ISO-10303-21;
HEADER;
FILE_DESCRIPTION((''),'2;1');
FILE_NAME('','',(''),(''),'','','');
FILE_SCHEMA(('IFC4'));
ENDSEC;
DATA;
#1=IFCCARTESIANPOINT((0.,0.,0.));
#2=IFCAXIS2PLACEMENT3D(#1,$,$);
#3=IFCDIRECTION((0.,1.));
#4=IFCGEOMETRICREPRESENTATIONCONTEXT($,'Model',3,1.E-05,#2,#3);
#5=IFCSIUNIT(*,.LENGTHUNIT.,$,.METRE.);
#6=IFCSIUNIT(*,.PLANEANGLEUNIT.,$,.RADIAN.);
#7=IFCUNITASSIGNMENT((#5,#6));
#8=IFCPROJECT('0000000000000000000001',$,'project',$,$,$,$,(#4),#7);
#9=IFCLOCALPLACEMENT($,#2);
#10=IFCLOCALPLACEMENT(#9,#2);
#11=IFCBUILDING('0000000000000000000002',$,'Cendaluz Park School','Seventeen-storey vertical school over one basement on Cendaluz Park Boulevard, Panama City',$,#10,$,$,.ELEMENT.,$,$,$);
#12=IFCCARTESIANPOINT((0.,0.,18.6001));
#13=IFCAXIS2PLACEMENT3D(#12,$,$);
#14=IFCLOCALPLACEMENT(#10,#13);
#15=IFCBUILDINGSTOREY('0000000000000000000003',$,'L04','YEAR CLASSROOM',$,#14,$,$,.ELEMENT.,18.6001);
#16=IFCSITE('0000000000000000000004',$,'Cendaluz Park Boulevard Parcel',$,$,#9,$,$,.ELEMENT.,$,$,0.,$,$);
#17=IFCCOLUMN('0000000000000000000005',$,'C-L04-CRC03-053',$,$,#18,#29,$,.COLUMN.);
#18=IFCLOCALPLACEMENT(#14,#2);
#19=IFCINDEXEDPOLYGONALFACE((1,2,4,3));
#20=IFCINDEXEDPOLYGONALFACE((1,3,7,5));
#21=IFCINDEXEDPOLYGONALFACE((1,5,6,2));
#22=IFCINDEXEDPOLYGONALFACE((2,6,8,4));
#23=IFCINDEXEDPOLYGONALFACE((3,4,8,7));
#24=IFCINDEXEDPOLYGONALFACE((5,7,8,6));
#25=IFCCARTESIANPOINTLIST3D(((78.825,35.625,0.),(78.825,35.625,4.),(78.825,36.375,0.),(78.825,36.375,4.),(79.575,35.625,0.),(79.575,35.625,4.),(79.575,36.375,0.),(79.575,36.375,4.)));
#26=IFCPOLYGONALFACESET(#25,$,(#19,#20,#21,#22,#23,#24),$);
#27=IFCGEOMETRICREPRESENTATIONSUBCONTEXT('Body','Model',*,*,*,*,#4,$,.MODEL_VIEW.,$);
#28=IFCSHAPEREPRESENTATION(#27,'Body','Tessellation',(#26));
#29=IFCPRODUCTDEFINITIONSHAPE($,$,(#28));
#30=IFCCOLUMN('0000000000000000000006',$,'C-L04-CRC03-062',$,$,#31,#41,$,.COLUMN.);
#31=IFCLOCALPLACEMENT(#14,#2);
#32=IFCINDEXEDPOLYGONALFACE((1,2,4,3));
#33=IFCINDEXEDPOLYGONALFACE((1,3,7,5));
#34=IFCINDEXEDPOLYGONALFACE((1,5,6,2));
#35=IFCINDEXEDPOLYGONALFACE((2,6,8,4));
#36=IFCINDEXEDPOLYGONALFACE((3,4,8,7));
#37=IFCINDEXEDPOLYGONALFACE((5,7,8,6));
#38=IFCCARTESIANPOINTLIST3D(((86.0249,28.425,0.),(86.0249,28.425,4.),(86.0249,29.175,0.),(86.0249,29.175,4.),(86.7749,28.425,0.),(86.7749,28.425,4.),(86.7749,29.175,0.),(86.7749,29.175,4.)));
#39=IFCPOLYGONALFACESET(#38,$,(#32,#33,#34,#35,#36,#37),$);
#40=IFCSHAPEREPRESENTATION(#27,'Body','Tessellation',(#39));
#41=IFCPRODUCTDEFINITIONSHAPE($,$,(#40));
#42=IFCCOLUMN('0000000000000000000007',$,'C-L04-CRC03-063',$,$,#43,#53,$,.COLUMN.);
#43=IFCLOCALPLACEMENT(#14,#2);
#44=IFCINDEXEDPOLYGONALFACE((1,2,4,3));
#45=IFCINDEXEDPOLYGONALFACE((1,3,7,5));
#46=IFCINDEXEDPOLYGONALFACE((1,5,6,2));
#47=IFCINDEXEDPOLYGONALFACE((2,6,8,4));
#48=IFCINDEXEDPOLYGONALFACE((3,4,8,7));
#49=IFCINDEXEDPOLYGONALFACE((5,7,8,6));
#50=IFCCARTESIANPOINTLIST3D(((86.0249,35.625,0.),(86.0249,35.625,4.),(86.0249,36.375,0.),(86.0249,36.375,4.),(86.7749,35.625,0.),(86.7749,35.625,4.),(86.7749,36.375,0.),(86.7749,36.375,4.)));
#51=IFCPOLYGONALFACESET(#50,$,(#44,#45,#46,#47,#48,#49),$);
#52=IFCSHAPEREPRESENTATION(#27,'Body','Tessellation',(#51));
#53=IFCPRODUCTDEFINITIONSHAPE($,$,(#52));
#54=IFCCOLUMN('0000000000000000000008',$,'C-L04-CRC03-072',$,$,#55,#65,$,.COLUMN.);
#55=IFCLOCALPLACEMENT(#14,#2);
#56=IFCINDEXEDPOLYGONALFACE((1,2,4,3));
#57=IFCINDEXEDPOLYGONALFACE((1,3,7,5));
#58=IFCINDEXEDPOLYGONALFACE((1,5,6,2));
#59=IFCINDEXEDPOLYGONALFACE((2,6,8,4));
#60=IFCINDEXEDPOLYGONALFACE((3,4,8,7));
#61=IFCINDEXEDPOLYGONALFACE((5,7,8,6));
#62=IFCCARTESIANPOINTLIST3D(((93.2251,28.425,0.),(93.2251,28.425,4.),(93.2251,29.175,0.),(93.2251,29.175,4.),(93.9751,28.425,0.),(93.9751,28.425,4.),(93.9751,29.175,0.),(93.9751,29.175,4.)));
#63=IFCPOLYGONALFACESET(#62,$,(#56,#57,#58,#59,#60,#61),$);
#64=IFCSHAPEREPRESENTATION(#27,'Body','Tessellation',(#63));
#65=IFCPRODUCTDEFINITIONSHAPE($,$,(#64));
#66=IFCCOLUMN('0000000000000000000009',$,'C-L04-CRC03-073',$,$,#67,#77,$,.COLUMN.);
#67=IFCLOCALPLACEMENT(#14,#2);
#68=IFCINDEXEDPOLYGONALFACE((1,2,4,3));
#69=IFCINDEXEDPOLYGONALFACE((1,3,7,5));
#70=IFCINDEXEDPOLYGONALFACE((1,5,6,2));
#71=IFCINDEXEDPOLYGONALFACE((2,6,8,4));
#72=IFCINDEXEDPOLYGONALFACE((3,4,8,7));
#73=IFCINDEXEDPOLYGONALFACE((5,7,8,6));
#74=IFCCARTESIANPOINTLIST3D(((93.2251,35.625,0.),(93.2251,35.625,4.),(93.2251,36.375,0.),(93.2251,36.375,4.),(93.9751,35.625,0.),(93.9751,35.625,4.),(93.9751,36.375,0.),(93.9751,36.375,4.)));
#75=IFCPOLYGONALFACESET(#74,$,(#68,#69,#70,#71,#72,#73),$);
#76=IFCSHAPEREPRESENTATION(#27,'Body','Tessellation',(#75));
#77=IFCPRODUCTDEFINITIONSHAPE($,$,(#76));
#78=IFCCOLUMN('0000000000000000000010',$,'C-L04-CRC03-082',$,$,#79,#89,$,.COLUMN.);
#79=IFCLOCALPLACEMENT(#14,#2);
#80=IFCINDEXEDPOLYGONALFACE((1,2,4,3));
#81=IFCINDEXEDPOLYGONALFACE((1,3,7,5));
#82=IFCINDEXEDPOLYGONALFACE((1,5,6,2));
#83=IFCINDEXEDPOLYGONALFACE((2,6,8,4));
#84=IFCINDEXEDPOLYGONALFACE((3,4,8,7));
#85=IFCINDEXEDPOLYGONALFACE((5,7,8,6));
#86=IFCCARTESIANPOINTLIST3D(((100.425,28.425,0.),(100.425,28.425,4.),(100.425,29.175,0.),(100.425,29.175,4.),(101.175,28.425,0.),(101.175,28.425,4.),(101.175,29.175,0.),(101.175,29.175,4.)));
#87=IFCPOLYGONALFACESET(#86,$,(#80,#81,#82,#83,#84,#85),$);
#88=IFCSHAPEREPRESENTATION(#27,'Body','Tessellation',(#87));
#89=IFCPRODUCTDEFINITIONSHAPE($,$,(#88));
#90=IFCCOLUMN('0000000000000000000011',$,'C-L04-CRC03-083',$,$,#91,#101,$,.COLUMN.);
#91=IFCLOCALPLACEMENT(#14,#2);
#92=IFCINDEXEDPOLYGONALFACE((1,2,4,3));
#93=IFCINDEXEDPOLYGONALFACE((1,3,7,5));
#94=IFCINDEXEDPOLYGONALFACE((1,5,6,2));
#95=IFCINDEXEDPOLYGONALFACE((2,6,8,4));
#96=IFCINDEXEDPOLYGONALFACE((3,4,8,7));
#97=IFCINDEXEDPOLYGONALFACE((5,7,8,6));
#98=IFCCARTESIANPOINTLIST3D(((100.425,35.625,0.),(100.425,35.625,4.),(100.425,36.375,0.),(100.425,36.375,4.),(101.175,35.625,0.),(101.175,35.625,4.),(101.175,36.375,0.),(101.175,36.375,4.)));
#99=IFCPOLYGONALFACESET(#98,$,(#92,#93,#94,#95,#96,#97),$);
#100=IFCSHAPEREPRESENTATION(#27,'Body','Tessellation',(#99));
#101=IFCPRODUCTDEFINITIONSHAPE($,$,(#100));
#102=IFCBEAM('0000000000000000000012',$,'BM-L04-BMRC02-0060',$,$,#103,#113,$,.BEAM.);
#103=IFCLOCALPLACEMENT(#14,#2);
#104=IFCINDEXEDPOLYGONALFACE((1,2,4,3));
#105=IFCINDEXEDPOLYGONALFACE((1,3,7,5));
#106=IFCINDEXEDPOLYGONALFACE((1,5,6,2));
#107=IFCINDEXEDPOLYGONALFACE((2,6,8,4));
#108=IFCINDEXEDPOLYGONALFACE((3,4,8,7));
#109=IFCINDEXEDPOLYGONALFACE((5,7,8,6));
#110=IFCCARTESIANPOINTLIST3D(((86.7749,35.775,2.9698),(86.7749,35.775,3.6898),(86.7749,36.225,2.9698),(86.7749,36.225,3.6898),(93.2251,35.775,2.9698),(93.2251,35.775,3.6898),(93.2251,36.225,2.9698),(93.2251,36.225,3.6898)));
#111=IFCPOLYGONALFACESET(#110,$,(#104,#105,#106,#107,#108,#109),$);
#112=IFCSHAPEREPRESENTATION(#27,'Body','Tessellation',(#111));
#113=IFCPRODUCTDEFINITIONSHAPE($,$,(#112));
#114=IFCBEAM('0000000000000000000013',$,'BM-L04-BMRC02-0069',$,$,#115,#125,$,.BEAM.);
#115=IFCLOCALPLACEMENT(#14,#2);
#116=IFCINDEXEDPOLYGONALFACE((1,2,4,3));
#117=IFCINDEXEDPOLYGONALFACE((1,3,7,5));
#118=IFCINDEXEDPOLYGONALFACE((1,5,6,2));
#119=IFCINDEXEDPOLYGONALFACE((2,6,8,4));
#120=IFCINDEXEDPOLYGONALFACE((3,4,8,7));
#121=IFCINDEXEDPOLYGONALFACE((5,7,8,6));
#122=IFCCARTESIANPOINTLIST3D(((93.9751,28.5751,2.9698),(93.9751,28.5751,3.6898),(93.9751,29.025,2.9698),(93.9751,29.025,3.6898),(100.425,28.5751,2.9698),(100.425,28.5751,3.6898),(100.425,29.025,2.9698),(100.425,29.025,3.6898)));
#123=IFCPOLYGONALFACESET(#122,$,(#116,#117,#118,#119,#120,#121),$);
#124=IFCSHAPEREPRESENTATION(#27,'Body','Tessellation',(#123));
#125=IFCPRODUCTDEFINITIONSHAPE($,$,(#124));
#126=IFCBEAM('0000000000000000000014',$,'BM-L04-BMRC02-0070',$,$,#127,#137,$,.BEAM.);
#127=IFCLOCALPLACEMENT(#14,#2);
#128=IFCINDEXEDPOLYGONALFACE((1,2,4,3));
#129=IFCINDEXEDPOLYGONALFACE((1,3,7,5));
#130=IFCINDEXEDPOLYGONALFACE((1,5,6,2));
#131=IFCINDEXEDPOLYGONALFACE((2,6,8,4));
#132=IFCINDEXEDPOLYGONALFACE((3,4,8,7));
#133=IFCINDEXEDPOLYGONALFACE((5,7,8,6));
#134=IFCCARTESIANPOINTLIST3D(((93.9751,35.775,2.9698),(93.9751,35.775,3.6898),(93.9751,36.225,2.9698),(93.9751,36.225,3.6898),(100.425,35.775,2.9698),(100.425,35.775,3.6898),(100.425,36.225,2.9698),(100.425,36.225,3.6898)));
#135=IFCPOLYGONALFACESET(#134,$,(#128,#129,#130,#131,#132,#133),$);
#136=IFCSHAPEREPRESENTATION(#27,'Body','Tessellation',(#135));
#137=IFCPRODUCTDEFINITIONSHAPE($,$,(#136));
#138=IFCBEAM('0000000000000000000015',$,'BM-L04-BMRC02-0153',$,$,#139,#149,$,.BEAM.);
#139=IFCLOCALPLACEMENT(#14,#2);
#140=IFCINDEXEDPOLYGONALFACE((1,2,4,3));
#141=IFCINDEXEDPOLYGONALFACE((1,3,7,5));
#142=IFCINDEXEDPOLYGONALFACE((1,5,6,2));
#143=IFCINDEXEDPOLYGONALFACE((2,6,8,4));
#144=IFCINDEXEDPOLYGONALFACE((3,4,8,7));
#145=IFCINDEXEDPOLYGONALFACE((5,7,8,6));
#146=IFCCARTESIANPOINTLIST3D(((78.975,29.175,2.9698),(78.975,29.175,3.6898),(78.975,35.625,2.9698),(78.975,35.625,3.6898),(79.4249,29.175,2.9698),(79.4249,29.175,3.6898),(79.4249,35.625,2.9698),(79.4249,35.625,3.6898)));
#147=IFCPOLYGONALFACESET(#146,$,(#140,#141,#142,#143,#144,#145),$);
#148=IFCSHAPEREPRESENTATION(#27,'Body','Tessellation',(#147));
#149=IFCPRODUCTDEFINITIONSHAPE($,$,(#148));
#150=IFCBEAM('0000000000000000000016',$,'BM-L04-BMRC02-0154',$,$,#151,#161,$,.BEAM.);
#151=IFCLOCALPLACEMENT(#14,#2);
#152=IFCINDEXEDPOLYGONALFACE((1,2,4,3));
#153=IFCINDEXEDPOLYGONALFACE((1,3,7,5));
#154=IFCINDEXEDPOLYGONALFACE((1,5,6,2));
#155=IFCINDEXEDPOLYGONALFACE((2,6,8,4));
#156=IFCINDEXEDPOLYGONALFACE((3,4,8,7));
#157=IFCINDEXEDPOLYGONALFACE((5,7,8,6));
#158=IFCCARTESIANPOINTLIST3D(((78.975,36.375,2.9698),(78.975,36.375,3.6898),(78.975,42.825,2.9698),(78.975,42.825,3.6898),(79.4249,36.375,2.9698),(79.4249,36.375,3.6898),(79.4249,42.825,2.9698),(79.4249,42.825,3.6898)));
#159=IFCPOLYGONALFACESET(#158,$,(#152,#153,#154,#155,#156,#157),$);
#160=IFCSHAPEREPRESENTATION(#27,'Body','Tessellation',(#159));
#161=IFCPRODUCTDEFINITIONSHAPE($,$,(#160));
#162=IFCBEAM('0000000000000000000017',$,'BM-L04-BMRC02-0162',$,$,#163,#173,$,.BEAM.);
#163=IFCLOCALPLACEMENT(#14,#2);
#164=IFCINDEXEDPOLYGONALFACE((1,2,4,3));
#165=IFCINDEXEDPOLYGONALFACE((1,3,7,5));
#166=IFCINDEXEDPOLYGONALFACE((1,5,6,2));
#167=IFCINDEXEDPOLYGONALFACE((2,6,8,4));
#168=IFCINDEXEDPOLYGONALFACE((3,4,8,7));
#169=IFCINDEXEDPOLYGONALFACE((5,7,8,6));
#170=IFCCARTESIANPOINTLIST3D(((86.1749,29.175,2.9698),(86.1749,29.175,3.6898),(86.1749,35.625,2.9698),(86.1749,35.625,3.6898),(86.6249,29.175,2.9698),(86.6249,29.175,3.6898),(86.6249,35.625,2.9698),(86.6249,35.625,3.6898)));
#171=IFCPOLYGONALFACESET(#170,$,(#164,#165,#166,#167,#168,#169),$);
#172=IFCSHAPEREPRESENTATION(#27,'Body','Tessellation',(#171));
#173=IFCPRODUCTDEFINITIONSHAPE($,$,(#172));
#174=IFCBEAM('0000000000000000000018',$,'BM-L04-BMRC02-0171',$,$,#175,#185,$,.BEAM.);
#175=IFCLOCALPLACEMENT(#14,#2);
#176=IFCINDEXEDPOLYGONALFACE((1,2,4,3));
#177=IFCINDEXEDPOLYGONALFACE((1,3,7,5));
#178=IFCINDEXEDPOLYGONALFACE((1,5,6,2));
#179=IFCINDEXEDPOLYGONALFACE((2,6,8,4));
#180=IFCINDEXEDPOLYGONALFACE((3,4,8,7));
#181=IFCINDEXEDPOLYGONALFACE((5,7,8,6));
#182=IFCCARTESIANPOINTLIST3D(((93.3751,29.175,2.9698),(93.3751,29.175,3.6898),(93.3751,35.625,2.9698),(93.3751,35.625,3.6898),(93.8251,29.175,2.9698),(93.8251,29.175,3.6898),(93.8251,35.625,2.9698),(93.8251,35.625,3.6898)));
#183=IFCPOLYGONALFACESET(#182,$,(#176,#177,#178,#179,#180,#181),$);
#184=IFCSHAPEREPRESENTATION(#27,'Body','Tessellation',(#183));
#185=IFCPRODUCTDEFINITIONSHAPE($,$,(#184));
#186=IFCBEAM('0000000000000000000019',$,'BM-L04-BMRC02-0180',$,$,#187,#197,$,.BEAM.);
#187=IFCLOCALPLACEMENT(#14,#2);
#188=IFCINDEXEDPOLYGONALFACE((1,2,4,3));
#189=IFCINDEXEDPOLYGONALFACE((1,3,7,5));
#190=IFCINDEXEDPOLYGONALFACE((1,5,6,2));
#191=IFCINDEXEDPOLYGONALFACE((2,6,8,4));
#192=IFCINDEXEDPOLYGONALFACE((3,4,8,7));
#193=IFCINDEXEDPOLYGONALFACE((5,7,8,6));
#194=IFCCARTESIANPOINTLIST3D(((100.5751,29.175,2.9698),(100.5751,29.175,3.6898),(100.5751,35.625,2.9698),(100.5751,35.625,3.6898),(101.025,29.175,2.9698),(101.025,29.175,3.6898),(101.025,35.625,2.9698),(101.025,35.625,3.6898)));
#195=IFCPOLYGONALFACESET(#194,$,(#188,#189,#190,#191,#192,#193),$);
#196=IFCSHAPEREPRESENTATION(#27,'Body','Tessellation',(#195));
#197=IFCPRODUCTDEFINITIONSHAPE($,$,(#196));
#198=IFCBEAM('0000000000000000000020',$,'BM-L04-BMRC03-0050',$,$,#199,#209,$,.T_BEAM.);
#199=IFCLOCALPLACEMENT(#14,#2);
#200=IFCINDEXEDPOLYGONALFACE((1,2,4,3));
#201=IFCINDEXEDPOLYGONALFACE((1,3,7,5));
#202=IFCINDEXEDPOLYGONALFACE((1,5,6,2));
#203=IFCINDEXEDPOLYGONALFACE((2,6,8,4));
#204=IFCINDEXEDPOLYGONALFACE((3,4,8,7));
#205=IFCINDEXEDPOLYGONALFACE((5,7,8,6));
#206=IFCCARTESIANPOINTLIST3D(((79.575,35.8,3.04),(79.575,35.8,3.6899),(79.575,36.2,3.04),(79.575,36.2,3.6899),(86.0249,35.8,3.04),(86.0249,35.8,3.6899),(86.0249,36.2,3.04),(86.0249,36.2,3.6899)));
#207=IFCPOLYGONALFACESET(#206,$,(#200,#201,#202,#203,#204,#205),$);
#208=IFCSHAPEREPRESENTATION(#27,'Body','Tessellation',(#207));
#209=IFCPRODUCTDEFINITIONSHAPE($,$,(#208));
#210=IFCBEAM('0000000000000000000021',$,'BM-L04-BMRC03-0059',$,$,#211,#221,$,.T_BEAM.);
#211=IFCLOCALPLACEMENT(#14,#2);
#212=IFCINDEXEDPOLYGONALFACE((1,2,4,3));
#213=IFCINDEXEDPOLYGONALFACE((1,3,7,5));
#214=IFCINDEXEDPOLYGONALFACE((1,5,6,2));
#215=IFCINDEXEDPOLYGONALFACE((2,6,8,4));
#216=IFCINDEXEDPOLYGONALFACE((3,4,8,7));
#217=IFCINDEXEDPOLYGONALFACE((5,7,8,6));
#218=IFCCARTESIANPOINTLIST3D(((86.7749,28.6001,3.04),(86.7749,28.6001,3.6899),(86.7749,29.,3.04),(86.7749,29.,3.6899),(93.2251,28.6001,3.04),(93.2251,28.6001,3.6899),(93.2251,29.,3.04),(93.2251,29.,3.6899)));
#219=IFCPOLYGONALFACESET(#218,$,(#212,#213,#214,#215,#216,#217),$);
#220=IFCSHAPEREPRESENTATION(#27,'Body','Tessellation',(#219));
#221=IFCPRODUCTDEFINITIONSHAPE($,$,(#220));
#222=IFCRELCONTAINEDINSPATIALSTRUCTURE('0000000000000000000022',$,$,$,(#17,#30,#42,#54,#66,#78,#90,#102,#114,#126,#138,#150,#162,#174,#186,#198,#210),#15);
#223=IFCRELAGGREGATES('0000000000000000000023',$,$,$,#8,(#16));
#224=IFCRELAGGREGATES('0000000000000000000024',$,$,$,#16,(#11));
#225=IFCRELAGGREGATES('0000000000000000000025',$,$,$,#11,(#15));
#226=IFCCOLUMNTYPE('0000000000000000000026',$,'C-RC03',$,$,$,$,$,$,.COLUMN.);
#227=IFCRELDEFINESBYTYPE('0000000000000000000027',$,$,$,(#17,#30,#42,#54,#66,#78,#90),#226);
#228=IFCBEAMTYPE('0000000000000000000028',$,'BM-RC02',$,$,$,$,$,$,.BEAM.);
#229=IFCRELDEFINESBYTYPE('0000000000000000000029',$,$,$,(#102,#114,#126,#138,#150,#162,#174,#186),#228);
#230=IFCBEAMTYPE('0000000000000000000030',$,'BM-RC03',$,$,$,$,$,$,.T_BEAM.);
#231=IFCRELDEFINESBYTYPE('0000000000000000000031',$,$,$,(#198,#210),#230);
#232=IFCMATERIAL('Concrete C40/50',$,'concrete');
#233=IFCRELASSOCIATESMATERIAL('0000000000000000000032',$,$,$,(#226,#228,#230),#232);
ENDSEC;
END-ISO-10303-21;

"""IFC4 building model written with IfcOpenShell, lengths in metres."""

from ifc_helpers import new_model, si_unit, direction, frame, origin, origin_2d, place, context, subcontext, project, spatial, rectangle, extrude, material, material_profile, profile_set, type_object, element, save


model = new_model("IFC4")

# Units and contexts
model_context = context("Model", 3, precision=1e-05, world=origin(), true_north=direction((0.0, 1.0)))
body_context = subcontext(model_context, "Body", "Model", "MODEL_VIEW")
ifc_project = project(units=[si_unit("LENGTHUNIT", "METRE"), si_unit("PLANEANGLEUNIT", "RADIAN")], contexts=[model_context])

# Site, building, storey
site_placement = place(None, origin())
site = spatial("IfcSite", under=ifc_project, at=site_placement, Name="Cendaluz Park Boulevard Parcel", CompositionType="ELEMENT", RefElevation=0.0)
building_placement = place(site_placement, origin())
building = spatial("IfcBuilding", under=site, at=building_placement, Name="Cendaluz Park School", Description="Seventeen-storey vertical school over one basement on Cendaluz Park Boulevard, Panama City", CompositionType="ELEMENT")
storey_placement = place(building_placement, frame((0.0, 0.0, 18.6001)))
storey = spatial("IfcBuildingStorey", under=building, at=storey_placement, Name="L04", Description="YEAR CLASSROOM", CompositionType="ELEMENT", Elevation=18.6001)

# Columns
ifc_material_1 = material(Name="Concrete C40/50", Category="concrete")
ifc_material_profile_1 = material_profile(ifc_material_1, rectangle(XDim=0.75, YDim=0.75, at=origin_2d()), Name="RC 750x750", Category="concrete")
ifc_profile_set_1 = profile_set([ifc_material_profile_1], Name="Concrete C40/50")
column_type = type_object("IfcColumnType", Name="C-RC03", PredefinedType="COLUMN", material=ifc_profile_set_1)
for number, where, z_axis, x_axis, name in (
    (1, (79.2, 36.0, 0.0), (0.0, 0.0, 1.0), (1.0, 0.0, 0.0), "C-L04-CRC03-053"),
    (2, (86.3999, 28.8, 0.0), (0.0, 0.0, 1.0), (1.0, 0.0, 0.0), "C-L04-CRC03-062"),
    (3, (86.3999, 36.0, 0.0), (0.0, 0.0, 1.0), (1.0, 0.0, 0.0), "C-L04-CRC03-063"),
    (4, (93.6001, 28.8, 0.0), (0.0, 0.0, 1.0), (1.0, 0.0, 0.0), "C-L04-CRC03-072"),
    (5, (93.6001, 36.0, 0.0), (0.0, 0.0, 1.0), (1.0, 0.0, 0.0), "C-L04-CRC03-073"),
    (6, (100.8, 28.8, 0.0), (0.0, 0.0, 1.0), (1.0, 0.0, 0.0), "C-L04-CRC03-082"),
    (7, (100.8, 36.0, 0.0), (0.0, 0.0, 1.0), (1.0, 0.0, 0.0), "C-L04-CRC03-083"),
):
    element("IfcColumn", number, at=place(storey_placement, frame(where, z_axis=z_axis, x_axis=x_axis)), inside=storey, type_object=column_type, Name=name, PredefinedType="COLUMN", context=body_context, shape_type="SweptSolid", body=[
        extrude(rectangle(XDim=0.75, YDim=0.75, at=origin_2d()), origin(), (0.0, 0.0, 1.0), 4.0),
    ])

# Beams
ifc_material_profile_2 = material_profile(ifc_material_1, rectangle(XDim=0.45, YDim=0.72, at=origin_2d()), Name="RC 450x720", Category="concrete")
ifc_profile_set_2 = profile_set([ifc_material_profile_2], Name="Concrete C40/50")
beam_type_1 = type_object("IfcBeamType", Name="BM-RC02", PredefinedType="BEAM", material=ifc_profile_set_2)
beam_1_placement = place(storey_placement, frame((86.7749, 36.0, 3.3298), z_axis=(1.0, 0.0, 0.0), x_axis=(0.0, 1.0, 0.0)))
element("IfcBeam", 8, at=beam_1_placement, inside=storey, type_object=beam_type_1, Name="BM-L04-BMRC02-0060", PredefinedType="BEAM", context=body_context, shape_type="SweptSolid", body=[
    extrude(rectangle(XDim=0.45, YDim=0.72, at=origin_2d()), origin(), (0.0, 0.0, 1.0), 6.4502),
])
for number, where, z_axis, x_axis, name in (
    (9, (93.9751, 28.8, 3.3298), (1.0, 0.0, 0.0), (0.0, 1.0, 0.0), "BM-L04-BMRC02-0069"),
    (10, (93.9751, 36.0, 3.3298), (1.0, 0.0, 0.0), (0.0, 1.0, 0.0), "BM-L04-BMRC02-0070"),
    (11, (79.2, 29.175, 3.3298), (0.0, 1.0, 0.0), (-1.0, 0.0, 0.0), "BM-L04-BMRC02-0153"),
    (12, (79.2, 36.375, 3.3298), (0.0, 1.0, 0.0), (-1.0, 0.0, 0.0), "BM-L04-BMRC02-0154"),
    (13, (86.3999, 29.175, 3.3298), (0.0, 1.0, 0.0), (-1.0, 0.0, 0.0), "BM-L04-BMRC02-0162"),
    (14, (93.6001, 29.175, 3.3298), (0.0, 1.0, 0.0), (-1.0, 0.0, 0.0), "BM-L04-BMRC02-0171"),
    (15, (100.8, 29.175, 3.3298), (0.0, 1.0, 0.0), (-1.0, 0.0, 0.0), "BM-L04-BMRC02-0180"),
):
    element("IfcBeam", number, at=place(storey_placement, frame(where, z_axis=z_axis, x_axis=x_axis)), inside=storey, type_object=beam_type_1, Name=name, PredefinedType="BEAM", context=body_context, shape_type="SweptSolid", body=[
        extrude(rectangle(XDim=0.45, YDim=0.72, at=origin_2d()), origin(), (0.0, 0.0, 1.0), 6.45),
    ])
ifc_material_profile_3 = material_profile(ifc_material_1, rectangle(XDim=0.3999, YDim=0.6499, at=origin_2d()), Name="RC 400x650", Category="concrete")
ifc_profile_set_3 = profile_set([ifc_material_profile_3], Name="Concrete C40/50")
beam_type_2 = type_object("IfcBeamType", Name="BM-RC03", PredefinedType="T_BEAM", material=ifc_profile_set_3)
beam_2_placement = place(storey_placement, frame((79.575, 36.0, 3.365), z_axis=(1.0, 0.0, 0.0), x_axis=(0.0, 1.0, 0.0)))
element("IfcBeam", 16, at=beam_2_placement, inside=storey, type_object=beam_type_2, Name="BM-L04-BMRC03-0050", PredefinedType="T_BEAM", context=body_context, shape_type="SweptSolid", body=[
    extrude(rectangle(XDim=0.3999, YDim=0.6499, at=origin_2d()), origin(), (0.0, 0.0, 1.0), 6.45),
])
beam_3_placement = place(storey_placement, frame((86.7749, 28.8, 3.365), z_axis=(1.0, 0.0, 0.0), x_axis=(0.0, 1.0, 0.0)))
element("IfcBeam", 17, at=beam_3_placement, inside=storey, type_object=beam_type_2, Name="BM-L04-BMRC03-0059", PredefinedType="T_BEAM", context=body_context, shape_type="SweptSolid", body=[
    extrude(rectangle(XDim=0.3999, YDim=0.6499, at=origin_2d()), origin(), (0.0, 0.0, 1.0), 6.4502),
])

save(model, "model.ifc")
